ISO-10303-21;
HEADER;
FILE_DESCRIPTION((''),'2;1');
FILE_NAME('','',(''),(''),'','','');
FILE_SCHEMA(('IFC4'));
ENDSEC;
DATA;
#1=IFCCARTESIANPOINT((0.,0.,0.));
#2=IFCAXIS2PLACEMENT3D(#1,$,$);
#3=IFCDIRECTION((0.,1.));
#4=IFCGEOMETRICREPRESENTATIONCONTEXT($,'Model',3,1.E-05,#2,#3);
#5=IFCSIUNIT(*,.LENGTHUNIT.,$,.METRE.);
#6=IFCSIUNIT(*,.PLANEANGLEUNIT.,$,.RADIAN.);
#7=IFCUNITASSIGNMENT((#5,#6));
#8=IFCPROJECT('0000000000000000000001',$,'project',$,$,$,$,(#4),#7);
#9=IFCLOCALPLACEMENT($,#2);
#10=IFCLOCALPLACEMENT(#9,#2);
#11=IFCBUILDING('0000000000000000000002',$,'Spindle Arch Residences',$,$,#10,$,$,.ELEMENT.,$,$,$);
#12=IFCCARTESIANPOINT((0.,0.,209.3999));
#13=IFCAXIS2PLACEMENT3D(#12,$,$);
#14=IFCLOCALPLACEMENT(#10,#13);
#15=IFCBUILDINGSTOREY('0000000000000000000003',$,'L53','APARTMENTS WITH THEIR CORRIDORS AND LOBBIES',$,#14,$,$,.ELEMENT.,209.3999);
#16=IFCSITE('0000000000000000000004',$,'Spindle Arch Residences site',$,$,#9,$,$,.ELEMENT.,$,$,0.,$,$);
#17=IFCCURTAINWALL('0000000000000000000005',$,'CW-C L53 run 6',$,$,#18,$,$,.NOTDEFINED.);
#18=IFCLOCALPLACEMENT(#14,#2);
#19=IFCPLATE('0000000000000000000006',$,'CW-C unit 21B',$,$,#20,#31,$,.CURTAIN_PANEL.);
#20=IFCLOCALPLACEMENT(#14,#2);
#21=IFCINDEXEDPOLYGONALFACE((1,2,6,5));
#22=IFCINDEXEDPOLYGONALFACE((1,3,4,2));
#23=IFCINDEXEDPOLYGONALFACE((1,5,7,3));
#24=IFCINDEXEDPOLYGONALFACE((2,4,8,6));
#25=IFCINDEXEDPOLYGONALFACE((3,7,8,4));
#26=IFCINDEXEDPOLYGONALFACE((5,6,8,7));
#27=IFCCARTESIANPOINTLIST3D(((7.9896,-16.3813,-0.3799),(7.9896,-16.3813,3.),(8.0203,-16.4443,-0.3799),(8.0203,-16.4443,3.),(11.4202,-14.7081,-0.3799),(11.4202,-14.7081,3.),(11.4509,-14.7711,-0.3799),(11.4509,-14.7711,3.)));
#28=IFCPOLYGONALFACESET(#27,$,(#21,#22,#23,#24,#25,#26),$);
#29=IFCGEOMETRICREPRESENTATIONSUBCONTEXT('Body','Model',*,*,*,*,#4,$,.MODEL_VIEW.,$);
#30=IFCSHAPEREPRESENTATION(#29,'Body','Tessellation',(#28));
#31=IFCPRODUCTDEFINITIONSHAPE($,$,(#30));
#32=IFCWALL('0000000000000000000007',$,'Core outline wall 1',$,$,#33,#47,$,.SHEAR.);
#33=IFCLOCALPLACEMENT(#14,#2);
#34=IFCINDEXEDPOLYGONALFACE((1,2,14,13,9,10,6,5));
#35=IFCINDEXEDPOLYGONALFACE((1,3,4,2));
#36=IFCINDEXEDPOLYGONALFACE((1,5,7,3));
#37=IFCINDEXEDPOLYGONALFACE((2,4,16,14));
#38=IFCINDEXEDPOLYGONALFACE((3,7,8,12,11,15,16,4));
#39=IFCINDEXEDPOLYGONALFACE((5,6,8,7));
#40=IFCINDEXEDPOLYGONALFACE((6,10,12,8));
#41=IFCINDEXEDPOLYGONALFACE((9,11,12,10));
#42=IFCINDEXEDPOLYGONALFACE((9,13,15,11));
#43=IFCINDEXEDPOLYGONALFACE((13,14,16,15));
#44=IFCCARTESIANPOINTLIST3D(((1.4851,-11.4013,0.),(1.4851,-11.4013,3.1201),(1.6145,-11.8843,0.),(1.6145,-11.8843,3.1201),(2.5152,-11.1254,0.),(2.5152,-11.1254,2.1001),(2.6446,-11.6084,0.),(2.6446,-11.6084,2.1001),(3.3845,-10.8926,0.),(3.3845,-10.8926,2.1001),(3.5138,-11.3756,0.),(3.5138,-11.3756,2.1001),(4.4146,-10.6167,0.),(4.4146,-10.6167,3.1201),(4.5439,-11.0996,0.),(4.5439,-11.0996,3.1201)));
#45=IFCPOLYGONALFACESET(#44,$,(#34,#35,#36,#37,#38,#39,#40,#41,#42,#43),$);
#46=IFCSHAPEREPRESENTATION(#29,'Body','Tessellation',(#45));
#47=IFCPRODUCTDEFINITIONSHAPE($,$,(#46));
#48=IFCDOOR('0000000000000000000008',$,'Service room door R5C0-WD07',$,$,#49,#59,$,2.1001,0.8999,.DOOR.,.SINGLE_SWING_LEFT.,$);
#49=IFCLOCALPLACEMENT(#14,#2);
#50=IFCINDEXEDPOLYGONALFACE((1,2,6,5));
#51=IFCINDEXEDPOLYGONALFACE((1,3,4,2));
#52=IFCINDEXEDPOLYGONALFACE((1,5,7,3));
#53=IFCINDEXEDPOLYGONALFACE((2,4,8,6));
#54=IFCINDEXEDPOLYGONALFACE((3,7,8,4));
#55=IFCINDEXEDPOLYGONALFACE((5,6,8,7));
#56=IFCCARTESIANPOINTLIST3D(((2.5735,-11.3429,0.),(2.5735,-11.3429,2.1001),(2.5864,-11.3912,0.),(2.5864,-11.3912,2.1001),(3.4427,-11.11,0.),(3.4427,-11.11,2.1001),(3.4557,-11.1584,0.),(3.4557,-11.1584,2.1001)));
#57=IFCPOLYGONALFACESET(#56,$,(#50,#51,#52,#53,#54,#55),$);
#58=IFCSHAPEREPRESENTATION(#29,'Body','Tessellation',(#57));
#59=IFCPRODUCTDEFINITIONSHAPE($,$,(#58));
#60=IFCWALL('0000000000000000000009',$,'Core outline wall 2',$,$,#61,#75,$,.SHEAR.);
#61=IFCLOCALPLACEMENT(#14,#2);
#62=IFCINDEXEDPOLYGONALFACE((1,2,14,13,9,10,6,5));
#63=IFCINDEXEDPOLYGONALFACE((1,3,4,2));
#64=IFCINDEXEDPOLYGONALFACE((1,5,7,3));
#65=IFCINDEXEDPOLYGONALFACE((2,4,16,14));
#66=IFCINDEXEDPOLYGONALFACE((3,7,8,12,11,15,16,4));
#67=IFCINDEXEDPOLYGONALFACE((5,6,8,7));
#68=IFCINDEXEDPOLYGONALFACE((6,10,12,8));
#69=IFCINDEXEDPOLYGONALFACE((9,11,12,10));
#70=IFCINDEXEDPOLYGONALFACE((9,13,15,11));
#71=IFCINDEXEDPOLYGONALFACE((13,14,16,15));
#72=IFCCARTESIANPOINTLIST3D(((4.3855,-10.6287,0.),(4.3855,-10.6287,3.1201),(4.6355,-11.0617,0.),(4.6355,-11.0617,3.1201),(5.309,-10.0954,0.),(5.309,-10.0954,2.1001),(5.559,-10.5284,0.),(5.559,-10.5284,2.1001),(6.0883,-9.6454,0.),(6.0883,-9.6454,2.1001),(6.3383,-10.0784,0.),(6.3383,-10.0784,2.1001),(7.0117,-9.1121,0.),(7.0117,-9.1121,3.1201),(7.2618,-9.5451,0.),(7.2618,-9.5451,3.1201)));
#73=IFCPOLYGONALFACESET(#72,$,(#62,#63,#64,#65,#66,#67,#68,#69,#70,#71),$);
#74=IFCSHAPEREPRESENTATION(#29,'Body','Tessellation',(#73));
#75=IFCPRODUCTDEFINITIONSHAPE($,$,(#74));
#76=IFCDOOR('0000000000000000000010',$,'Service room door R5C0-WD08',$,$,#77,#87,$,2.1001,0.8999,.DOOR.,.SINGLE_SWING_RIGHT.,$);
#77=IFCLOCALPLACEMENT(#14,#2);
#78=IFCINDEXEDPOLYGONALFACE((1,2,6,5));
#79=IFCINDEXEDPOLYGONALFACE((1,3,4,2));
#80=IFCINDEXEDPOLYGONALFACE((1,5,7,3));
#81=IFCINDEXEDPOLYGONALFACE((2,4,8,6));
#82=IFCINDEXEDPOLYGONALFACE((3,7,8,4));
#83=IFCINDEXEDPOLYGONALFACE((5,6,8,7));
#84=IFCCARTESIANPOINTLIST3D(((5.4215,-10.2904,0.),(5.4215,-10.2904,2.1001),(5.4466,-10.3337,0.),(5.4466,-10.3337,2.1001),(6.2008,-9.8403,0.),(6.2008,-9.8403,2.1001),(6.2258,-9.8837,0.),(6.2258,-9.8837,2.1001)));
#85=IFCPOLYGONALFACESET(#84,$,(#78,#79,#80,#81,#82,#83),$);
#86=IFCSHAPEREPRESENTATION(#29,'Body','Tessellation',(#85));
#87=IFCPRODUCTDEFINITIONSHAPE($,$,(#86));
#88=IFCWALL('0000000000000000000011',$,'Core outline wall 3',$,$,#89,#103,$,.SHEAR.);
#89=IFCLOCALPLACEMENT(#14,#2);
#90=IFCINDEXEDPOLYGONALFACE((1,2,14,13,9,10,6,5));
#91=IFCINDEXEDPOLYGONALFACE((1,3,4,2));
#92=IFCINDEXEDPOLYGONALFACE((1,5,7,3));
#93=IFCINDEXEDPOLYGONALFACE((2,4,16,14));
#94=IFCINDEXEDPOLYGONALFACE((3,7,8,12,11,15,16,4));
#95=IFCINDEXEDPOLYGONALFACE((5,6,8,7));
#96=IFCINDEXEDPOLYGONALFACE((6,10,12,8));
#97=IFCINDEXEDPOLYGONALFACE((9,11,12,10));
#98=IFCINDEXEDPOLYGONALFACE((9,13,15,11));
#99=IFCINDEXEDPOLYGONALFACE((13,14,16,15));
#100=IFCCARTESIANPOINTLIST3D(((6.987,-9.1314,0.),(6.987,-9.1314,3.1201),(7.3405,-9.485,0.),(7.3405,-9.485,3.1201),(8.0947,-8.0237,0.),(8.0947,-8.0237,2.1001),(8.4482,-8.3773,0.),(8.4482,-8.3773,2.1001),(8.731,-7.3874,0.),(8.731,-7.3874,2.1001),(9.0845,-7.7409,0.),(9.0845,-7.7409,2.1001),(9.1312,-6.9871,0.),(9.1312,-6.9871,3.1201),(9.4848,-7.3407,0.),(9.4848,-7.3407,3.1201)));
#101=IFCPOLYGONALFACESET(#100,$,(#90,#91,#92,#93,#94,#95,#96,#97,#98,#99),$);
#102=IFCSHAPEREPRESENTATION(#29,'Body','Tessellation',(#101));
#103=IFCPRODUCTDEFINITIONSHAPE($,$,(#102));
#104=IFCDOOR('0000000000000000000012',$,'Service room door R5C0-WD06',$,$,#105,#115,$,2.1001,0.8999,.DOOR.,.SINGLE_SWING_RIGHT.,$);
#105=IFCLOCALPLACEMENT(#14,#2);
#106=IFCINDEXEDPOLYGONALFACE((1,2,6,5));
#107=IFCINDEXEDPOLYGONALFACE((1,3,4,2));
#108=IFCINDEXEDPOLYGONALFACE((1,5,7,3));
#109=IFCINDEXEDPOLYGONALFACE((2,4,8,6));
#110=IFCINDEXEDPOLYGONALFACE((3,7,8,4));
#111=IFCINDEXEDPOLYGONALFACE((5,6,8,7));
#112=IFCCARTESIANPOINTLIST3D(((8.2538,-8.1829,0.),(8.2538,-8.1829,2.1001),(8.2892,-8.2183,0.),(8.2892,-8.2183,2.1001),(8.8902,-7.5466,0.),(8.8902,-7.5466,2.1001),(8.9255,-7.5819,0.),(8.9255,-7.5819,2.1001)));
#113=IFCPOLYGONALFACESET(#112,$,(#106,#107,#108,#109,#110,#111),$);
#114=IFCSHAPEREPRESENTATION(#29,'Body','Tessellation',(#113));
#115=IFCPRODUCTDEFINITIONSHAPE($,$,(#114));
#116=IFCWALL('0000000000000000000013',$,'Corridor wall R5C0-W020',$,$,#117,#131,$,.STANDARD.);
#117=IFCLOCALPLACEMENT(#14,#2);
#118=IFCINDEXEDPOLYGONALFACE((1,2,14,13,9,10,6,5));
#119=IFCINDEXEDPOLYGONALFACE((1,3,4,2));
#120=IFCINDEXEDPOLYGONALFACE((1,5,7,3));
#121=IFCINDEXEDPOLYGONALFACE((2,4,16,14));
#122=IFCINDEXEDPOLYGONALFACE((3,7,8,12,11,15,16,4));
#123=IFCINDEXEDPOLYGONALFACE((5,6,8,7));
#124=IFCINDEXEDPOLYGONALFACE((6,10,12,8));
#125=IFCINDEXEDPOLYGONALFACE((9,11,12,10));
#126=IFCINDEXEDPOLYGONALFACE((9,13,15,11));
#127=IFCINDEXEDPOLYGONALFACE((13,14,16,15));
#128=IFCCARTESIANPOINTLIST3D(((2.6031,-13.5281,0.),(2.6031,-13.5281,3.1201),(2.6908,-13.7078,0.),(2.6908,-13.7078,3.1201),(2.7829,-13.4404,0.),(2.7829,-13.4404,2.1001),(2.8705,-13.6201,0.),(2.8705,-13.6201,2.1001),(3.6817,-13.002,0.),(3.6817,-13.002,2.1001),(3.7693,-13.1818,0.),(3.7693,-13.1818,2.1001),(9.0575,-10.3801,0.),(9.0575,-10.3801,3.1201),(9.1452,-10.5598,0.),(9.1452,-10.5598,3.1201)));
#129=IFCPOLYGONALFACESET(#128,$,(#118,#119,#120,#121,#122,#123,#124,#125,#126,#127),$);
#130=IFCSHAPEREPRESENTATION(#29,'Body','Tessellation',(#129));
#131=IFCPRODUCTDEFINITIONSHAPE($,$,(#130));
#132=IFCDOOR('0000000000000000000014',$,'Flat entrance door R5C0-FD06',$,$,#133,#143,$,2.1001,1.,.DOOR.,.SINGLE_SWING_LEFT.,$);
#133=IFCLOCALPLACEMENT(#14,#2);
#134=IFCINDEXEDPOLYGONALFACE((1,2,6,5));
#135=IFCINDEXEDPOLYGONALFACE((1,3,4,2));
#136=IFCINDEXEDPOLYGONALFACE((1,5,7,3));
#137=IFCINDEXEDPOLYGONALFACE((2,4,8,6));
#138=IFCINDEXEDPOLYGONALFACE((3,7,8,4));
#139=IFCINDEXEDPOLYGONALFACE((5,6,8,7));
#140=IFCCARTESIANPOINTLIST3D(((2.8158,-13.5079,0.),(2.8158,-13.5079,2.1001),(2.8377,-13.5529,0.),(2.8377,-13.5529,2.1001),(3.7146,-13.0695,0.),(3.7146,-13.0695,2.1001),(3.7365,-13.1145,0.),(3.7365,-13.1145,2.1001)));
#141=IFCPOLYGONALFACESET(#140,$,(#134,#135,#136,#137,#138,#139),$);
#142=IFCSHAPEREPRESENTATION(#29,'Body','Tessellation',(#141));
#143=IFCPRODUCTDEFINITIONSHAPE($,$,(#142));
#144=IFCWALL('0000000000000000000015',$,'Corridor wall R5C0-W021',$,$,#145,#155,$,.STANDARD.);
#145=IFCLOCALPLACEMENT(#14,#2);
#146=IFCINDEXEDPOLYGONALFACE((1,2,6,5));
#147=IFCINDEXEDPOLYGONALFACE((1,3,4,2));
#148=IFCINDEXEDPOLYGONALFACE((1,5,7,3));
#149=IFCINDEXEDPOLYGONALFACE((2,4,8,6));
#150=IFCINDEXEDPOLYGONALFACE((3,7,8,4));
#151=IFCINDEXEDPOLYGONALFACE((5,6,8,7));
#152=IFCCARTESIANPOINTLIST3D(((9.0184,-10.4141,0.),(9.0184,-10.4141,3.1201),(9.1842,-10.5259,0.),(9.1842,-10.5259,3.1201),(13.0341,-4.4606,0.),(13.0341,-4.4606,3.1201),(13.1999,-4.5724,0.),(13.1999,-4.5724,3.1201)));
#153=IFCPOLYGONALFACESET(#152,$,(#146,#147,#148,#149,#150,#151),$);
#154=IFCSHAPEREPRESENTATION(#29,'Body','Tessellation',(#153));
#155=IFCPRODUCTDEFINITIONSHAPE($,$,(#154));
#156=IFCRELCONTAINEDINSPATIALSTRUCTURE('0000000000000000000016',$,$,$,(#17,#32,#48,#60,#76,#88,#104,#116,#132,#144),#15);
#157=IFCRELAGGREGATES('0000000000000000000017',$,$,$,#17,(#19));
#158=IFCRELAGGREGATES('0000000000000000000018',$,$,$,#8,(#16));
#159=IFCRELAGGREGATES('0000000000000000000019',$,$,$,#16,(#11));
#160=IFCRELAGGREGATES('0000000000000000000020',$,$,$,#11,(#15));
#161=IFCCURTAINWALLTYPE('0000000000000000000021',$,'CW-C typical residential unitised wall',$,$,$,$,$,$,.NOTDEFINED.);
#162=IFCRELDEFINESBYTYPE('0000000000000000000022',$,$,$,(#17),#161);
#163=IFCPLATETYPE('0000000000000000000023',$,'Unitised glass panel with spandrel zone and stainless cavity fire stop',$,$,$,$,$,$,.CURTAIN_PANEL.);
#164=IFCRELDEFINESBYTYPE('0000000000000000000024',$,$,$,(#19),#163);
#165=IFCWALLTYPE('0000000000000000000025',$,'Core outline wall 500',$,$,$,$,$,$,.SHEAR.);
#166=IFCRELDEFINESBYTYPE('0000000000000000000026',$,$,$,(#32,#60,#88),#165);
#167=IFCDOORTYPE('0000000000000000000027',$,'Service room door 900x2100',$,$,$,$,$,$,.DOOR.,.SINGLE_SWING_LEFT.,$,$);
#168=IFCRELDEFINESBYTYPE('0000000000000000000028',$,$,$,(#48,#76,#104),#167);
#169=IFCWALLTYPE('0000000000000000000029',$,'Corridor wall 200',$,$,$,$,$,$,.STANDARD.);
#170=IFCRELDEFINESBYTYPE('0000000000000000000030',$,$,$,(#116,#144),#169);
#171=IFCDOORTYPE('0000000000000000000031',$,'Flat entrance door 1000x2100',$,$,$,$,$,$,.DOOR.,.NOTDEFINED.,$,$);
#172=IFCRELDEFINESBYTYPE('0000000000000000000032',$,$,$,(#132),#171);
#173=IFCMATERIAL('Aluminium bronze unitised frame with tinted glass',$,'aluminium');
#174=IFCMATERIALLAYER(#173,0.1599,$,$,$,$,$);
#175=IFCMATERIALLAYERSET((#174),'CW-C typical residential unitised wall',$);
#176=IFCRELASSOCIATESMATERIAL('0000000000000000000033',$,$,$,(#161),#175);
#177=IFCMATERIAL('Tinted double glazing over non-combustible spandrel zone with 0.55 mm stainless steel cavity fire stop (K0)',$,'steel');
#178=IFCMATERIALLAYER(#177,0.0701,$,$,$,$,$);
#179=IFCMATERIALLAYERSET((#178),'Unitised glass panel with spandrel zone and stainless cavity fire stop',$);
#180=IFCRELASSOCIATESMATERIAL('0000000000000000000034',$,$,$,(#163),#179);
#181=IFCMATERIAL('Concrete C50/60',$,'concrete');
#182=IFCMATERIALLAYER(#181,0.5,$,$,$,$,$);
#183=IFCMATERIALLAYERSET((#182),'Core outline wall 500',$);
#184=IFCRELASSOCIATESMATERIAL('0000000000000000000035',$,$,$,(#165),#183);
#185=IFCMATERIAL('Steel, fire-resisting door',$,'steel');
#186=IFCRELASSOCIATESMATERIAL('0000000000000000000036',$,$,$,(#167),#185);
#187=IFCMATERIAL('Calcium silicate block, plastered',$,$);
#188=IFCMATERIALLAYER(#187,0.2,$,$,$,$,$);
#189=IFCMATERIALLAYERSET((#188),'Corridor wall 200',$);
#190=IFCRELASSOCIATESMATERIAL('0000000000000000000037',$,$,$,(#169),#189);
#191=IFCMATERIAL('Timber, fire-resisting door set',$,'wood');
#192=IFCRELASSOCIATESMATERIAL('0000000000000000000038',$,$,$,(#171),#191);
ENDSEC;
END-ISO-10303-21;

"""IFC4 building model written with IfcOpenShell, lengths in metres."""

from ifc_helpers import new_model, si_unit, direction, frame, frame_2d, origin, origin_2d, place, context, subcontext, project, spatial, rectangle, extrude, material, layer, layer_set, type_object, element, fill, aggregate, save


model = new_model("IFC4")

# Units and contexts
model_context = context("Model", 3, precision=1e-05, world=origin(), true_north=direction((0.0, 1.0)))
body_context = subcontext(model_context, "Body", "Model", "MODEL_VIEW")
ifc_project = project(units=[si_unit("LENGTHUNIT", "METRE"), si_unit("PLANEANGLEUNIT", "RADIAN")], contexts=[model_context])

# Site, building, storey
site_placement = place(None, origin())
site = spatial("IfcSite", under=ifc_project, at=site_placement, Name="Spindle Arch Residences site", CompositionType="ELEMENT", RefElevation=0.0)
building_placement = place(site_placement, origin())
building = spatial("IfcBuilding", under=site, at=building_placement, Name="Spindle Arch Residences", CompositionType="ELEMENT")
storey_placement = place(building_placement, frame((0.0, 0.0, 209.3999)))
storey = spatial("IfcBuildingStorey", under=building, at=storey_placement, Name="L53", Description="APARTMENTS WITH THEIR CORRIDORS AND LOBBIES", CompositionType="ELEMENT", Elevation=209.3999)

# Curtain wall
ifc_material_1 = material(Name="Aluminium bronze unitised frame with tinted glass", Category="aluminium")
ifc_layer_1 = layer(ifc_material_1, 0.1599)
ifc_layer_set_1 = layer_set([ifc_layer_1], Name="CW-C typical residential unitised wall")
curtain_wall_type = type_object("IfcCurtainWallType", Name="CW-C typical residential unitised wall", PredefinedType="NOTDEFINED", material=ifc_layer_set_1)
curtain_wall_placement = place(storey_placement, origin())
curtain_wall = element("IfcCurtainWall", 1, at=curtain_wall_placement, inside=storey, type_object=curtain_wall_type, Name="CW-C L53 run 6", PredefinedType="NOTDEFINED")

# Plate
ifc_material_2 = material(Name="Tinted double glazing over non-combustible spandrel zone with 0.55 mm stainless steel cavity fire stop (K0)", Category="steel")
ifc_layer_2 = layer(ifc_material_2, 0.0701)
ifc_layer_set_2 = layer_set([ifc_layer_2], Name="Unitised glass panel with spandrel zone and stainless cavity fire stop")
plate_type = type_object("IfcPlateType", Name="Unitised glass panel with spandrel zone and stainless cavity fire stop", PredefinedType="CURTAIN_PANEL", material=ifc_layer_set_2)
plate_1_placement = place(storey_placement, frame((9.7202, -15.5762, -0.3799), z_axis=(0.0, 0.0, 1.0), x_axis=(0.898794, 0.438371, 0.0)))
plate_1 = element("IfcPlate", 2, at=plate_1_placement, type_object=plate_type, Name="CW-C unit 21B", PredefinedType="CURTAIN_PANEL", context=body_context, shape_type="SweptSolid", body=[
    extrude(rectangle(XDim=3.8169, YDim=0.0701, at=origin_2d()), origin(), (0.0, 0.0, 1.0), 3.3799),
])
aggregate(curtain_wall, [plate_1])

# Walls, openings, doors
ifc_material_3 = material(Name="Concrete C50/60", Category="concrete")
ifc_layer_3 = layer(ifc_material_3, 0.5)
ifc_layer_set_3 = layer_set([ifc_layer_3], Name="Core outline wall 500")
wall_type_1 = type_object("IfcWallType", Name="Core outline wall 500", PredefinedType="SHEAR", material=ifc_layer_set_3)
wall_1_placement = place(storey_placement, frame((1.5498, -11.6428, 0.0), z_axis=(0.0, 0.0, 1.0), x_axis=(0.965948, 0.258735, 0.0)))
wall_1 = element("IfcWall", 3, at=wall_1_placement, inside=storey, type_object=wall_type_1, Name="Core outline wall 1", PredefinedType="SHEAR", context=body_context, shape_type="SweptSolid", body=[
    extrude(rectangle(XDim=3.0327, YDim=0.5, at=frame_2d((1.5164, 0.0))), origin(), (0.0, 0.0, 1.0), 3.1201),
])
opening_1_placement = place(wall_1_placement, frame((1.0664, 0.0, 0.0)))
opening_1 = element("IfcOpeningElement", 4, at=opening_1_placement, cuts=wall_1, PredefinedType="OPENING", context=body_context, shape_type="SweptSolid", body=[
    extrude(rectangle(XDim=0.8999, YDim=2.1001, at=frame_2d((0.45, 1.05))), frame((0.0, 0.26, 0.0), z_axis=(0.0, -1.0, 0.0), x_axis=(1.0, 0.0, 0.0)), (0.0, 0.0, 1.0), 0.52),
])
ifc_material_4 = material(Name="Steel, fire-resisting door", Category="steel")
door_type_1 = type_object("IfcDoorType", Name="Service room door 900x2100", OperationType="SINGLE_SWING_LEFT", PredefinedType="DOOR", material=ifc_material_4)
door_1_placement = place(opening_1_placement, origin())
door_1 = element("IfcDoor", 5, at=door_1_placement, inside=storey, type_object=door_type_1, Name="Service room door R5C0-WD07", OperationType="SINGLE_SWING_LEFT", OverallHeight=2.1001, OverallWidth=0.8999, PredefinedType="DOOR", context=body_context, shape_type="SweptSolid", body=[
    extrude(rectangle(XDim=0.8999, YDim=2.1001, at=frame_2d((0.45, 1.05))), frame((0.0, 0.0249, 0.0), z_axis=(0.0, -1.0, 0.0), x_axis=(1.0, 0.0, 0.0)), (0.0, 0.0, 1.0), 0.05),
])
fill(opening_1, door_1)
wall_2_placement = place(storey_placement, frame((4.5105, -10.8452, 0.0), z_axis=(0.0, 0.0, 1.0), x_axis=(0.865975, 0.500087, 0.0)))
wall_2 = element("IfcWall", 6, at=wall_2_placement, inside=storey, type_object=wall_type_1, Name="Core outline wall 2", PredefinedType="SHEAR", context=body_context, shape_type="SweptSolid", body=[
    extrude(rectangle(XDim=3.0327, YDim=0.5, at=frame_2d((1.5164, 0.0))), origin(), (0.0, 0.0, 1.0), 3.1201),
])
opening_2_placement = place(wall_2_placement, frame((1.0664, 0.0, 0.0)))
opening_2 = element("IfcOpeningElement", 7, at=opening_2_placement, cuts=wall_2, PredefinedType="OPENING", context=body_context, shape_type="SweptSolid", body=[
    extrude(rectangle(XDim=0.8999, YDim=2.1001, at=frame_2d((0.45, 1.05))), frame((0.0, 0.26, 0.0), z_axis=(0.0, -1.0, 0.0), x_axis=(1.0, 0.0, 0.0)), (0.0, 0.0, 1.0), 0.52),
])
door_2_placement = place(opening_2_placement, origin())
door_2 = element("IfcDoor", 8, at=door_2_placement, inside=storey, type_object=door_type_1, Name="Service room door R5C0-WD08", OperationType="SINGLE_SWING_RIGHT", OverallHeight=2.1001, OverallWidth=0.8999, PredefinedType="DOOR", context=body_context, shape_type="SweptSolid", body=[
    extrude(rectangle(XDim=0.8999, YDim=2.1001, at=frame_2d((0.45, 1.05))), frame((0.0, 0.0249, 0.0), z_axis=(0.0, -1.0, 0.0), x_axis=(1.0, 0.0, 0.0)), (0.0, 0.0, 1.0), 0.05),
])
fill(opening_2, door_2)
wall_3_placement = place(storey_placement, frame((7.1638, -9.3081, 0.0), z_axis=(0.0, 0.0, 1.0), x_axis=(0.707107, 0.707107, 0.0)))
wall_3 = element("IfcWall", 9, at=wall_3_placement, inside=storey, type_object=wall_type_1, Name="Core outline wall 3", PredefinedType="SHEAR", context=body_context, shape_type="SweptSolid", body=[
    extrude(rectangle(XDim=3.0325, YDim=0.5, at=frame_2d((1.5161, 0.0))), origin(), (0.0, 0.0, 1.0), 3.1201),
])
opening_3_placement = place(wall_3_placement, frame((1.5664, 0.0, 0.0)))
opening_3 = element("IfcOpeningElement", 10, at=opening_3_placement, cuts=wall_3, PredefinedType="OPENING", context=body_context, shape_type="SweptSolid", body=[
    extrude(rectangle(XDim=0.8999, YDim=2.1001, at=frame_2d((0.45, 1.05))), frame((0.0, 0.26, 0.0), z_axis=(0.0, -1.0, 0.0), x_axis=(1.0, 0.0, 0.0)), (0.0, 0.0, 1.0), 0.52),
])
door_3_placement = place(opening_3_placement, origin())
door_3 = element("IfcDoor", 11, at=door_3_placement, inside=storey, type_object=door_type_1, Name="Service room door R5C0-WD06", OperationType="SINGLE_SWING_RIGHT", OverallHeight=2.1001, OverallWidth=0.8999, PredefinedType="DOOR", context=body_context, shape_type="SweptSolid", body=[
    extrude(rectangle(XDim=0.8999, YDim=2.1001, at=frame_2d((0.45, 1.05))), frame((0.0, 0.0249, 0.0), z_axis=(0.0, -1.0, 0.0), x_axis=(1.0, 0.0, 0.0)), (0.0, 0.0, 1.0), 0.05),
])
fill(opening_3, door_3)
ifc_material_5 = material(Name="Calcium silicate block, plastered")
ifc_layer_4 = layer(ifc_material_5, 0.2)
ifc_layer_set_4 = layer_set([ifc_layer_4], Name="Corridor wall 200")
wall_type_2 = type_object("IfcWallType", Name="Corridor wall 200", PredefinedType="STANDARD", material=ifc_layer_set_4)
wall_4_placement = place(storey_placement, frame((2.647, -13.6179, 0.0), z_axis=(0.0, 0.0, 1.0), x_axis=(0.898797, 0.438366, 0.0)))
wall_4 = element("IfcWall", 12, at=wall_4_placement, inside=storey, type_object=wall_type_2, Name="Corridor wall R5C0-W020", PredefinedType="STANDARD", context=body_context, shape_type="SweptSolid", body=[
    extrude(rectangle(XDim=7.1812, YDim=0.2, at=frame_2d((3.5906, 0.0))), origin(), (0.0, 0.0, 1.0), 3.1201),
])
opening_4_placement = place(wall_4_placement, frame((0.2, 0.0, 0.0)))
opening_4 = element("IfcOpeningElement", 13, at=opening_4_placement, cuts=wall_4, PredefinedType="OPENING", context=body_context, shape_type="SweptSolid", body=[
    extrude(rectangle(XDim=1.0, YDim=2.1001, at=frame_2d((0.5, 1.05))), frame((0.0, 0.1099, 0.0), z_axis=(0.0, -1.0, 0.0), x_axis=(1.0, 0.0, 0.0)), (0.0, 0.0, 1.0), 0.22),
])
ifc_material_6 = material(Name="Timber, fire-resisting door set", Category="wood")
door_type_2 = type_object("IfcDoorType", Name="Flat entrance door 1000x2100", OperationType="NOTDEFINED", PredefinedType="DOOR", material=ifc_material_6)
door_4_placement = place(opening_4_placement, origin())
door_4 = element("IfcDoor", 14, at=door_4_placement, inside=storey, type_object=door_type_2, Name="Flat entrance door R5C0-FD06", OperationType="SINGLE_SWING_LEFT", OverallHeight=2.1001, OverallWidth=1.0, PredefinedType="DOOR", context=body_context, shape_type="SweptSolid", body=[
    extrude(rectangle(XDim=1.0, YDim=2.1001, at=frame_2d((0.5, 1.05))), frame((0.0, 0.0249, 0.0), z_axis=(0.0, -1.0, 0.0), x_axis=(1.0, 0.0, 0.0)), (0.0, 0.0, 1.0), 0.05),
])
fill(opening_4, door_4)

# Wall
wall_5_placement = place(storey_placement, frame((9.1013, -10.47, 0.0), z_axis=(0.0, 0.0, 1.0), x_axis=(0.559195, 0.829036, 0.0)))
element("IfcWall", 15, at=wall_5_placement, inside=storey, type_object=wall_type_2, Name="Corridor wall R5C0-W021", PredefinedType="STANDARD", context=body_context, shape_type="SweptSolid", body=[
    extrude(rectangle(XDim=7.1812, YDim=0.2, at=frame_2d((3.5906, 0.0))), origin(), (0.0, 0.0, 1.0), 3.1201),
])

save(model, "model.ifc")
